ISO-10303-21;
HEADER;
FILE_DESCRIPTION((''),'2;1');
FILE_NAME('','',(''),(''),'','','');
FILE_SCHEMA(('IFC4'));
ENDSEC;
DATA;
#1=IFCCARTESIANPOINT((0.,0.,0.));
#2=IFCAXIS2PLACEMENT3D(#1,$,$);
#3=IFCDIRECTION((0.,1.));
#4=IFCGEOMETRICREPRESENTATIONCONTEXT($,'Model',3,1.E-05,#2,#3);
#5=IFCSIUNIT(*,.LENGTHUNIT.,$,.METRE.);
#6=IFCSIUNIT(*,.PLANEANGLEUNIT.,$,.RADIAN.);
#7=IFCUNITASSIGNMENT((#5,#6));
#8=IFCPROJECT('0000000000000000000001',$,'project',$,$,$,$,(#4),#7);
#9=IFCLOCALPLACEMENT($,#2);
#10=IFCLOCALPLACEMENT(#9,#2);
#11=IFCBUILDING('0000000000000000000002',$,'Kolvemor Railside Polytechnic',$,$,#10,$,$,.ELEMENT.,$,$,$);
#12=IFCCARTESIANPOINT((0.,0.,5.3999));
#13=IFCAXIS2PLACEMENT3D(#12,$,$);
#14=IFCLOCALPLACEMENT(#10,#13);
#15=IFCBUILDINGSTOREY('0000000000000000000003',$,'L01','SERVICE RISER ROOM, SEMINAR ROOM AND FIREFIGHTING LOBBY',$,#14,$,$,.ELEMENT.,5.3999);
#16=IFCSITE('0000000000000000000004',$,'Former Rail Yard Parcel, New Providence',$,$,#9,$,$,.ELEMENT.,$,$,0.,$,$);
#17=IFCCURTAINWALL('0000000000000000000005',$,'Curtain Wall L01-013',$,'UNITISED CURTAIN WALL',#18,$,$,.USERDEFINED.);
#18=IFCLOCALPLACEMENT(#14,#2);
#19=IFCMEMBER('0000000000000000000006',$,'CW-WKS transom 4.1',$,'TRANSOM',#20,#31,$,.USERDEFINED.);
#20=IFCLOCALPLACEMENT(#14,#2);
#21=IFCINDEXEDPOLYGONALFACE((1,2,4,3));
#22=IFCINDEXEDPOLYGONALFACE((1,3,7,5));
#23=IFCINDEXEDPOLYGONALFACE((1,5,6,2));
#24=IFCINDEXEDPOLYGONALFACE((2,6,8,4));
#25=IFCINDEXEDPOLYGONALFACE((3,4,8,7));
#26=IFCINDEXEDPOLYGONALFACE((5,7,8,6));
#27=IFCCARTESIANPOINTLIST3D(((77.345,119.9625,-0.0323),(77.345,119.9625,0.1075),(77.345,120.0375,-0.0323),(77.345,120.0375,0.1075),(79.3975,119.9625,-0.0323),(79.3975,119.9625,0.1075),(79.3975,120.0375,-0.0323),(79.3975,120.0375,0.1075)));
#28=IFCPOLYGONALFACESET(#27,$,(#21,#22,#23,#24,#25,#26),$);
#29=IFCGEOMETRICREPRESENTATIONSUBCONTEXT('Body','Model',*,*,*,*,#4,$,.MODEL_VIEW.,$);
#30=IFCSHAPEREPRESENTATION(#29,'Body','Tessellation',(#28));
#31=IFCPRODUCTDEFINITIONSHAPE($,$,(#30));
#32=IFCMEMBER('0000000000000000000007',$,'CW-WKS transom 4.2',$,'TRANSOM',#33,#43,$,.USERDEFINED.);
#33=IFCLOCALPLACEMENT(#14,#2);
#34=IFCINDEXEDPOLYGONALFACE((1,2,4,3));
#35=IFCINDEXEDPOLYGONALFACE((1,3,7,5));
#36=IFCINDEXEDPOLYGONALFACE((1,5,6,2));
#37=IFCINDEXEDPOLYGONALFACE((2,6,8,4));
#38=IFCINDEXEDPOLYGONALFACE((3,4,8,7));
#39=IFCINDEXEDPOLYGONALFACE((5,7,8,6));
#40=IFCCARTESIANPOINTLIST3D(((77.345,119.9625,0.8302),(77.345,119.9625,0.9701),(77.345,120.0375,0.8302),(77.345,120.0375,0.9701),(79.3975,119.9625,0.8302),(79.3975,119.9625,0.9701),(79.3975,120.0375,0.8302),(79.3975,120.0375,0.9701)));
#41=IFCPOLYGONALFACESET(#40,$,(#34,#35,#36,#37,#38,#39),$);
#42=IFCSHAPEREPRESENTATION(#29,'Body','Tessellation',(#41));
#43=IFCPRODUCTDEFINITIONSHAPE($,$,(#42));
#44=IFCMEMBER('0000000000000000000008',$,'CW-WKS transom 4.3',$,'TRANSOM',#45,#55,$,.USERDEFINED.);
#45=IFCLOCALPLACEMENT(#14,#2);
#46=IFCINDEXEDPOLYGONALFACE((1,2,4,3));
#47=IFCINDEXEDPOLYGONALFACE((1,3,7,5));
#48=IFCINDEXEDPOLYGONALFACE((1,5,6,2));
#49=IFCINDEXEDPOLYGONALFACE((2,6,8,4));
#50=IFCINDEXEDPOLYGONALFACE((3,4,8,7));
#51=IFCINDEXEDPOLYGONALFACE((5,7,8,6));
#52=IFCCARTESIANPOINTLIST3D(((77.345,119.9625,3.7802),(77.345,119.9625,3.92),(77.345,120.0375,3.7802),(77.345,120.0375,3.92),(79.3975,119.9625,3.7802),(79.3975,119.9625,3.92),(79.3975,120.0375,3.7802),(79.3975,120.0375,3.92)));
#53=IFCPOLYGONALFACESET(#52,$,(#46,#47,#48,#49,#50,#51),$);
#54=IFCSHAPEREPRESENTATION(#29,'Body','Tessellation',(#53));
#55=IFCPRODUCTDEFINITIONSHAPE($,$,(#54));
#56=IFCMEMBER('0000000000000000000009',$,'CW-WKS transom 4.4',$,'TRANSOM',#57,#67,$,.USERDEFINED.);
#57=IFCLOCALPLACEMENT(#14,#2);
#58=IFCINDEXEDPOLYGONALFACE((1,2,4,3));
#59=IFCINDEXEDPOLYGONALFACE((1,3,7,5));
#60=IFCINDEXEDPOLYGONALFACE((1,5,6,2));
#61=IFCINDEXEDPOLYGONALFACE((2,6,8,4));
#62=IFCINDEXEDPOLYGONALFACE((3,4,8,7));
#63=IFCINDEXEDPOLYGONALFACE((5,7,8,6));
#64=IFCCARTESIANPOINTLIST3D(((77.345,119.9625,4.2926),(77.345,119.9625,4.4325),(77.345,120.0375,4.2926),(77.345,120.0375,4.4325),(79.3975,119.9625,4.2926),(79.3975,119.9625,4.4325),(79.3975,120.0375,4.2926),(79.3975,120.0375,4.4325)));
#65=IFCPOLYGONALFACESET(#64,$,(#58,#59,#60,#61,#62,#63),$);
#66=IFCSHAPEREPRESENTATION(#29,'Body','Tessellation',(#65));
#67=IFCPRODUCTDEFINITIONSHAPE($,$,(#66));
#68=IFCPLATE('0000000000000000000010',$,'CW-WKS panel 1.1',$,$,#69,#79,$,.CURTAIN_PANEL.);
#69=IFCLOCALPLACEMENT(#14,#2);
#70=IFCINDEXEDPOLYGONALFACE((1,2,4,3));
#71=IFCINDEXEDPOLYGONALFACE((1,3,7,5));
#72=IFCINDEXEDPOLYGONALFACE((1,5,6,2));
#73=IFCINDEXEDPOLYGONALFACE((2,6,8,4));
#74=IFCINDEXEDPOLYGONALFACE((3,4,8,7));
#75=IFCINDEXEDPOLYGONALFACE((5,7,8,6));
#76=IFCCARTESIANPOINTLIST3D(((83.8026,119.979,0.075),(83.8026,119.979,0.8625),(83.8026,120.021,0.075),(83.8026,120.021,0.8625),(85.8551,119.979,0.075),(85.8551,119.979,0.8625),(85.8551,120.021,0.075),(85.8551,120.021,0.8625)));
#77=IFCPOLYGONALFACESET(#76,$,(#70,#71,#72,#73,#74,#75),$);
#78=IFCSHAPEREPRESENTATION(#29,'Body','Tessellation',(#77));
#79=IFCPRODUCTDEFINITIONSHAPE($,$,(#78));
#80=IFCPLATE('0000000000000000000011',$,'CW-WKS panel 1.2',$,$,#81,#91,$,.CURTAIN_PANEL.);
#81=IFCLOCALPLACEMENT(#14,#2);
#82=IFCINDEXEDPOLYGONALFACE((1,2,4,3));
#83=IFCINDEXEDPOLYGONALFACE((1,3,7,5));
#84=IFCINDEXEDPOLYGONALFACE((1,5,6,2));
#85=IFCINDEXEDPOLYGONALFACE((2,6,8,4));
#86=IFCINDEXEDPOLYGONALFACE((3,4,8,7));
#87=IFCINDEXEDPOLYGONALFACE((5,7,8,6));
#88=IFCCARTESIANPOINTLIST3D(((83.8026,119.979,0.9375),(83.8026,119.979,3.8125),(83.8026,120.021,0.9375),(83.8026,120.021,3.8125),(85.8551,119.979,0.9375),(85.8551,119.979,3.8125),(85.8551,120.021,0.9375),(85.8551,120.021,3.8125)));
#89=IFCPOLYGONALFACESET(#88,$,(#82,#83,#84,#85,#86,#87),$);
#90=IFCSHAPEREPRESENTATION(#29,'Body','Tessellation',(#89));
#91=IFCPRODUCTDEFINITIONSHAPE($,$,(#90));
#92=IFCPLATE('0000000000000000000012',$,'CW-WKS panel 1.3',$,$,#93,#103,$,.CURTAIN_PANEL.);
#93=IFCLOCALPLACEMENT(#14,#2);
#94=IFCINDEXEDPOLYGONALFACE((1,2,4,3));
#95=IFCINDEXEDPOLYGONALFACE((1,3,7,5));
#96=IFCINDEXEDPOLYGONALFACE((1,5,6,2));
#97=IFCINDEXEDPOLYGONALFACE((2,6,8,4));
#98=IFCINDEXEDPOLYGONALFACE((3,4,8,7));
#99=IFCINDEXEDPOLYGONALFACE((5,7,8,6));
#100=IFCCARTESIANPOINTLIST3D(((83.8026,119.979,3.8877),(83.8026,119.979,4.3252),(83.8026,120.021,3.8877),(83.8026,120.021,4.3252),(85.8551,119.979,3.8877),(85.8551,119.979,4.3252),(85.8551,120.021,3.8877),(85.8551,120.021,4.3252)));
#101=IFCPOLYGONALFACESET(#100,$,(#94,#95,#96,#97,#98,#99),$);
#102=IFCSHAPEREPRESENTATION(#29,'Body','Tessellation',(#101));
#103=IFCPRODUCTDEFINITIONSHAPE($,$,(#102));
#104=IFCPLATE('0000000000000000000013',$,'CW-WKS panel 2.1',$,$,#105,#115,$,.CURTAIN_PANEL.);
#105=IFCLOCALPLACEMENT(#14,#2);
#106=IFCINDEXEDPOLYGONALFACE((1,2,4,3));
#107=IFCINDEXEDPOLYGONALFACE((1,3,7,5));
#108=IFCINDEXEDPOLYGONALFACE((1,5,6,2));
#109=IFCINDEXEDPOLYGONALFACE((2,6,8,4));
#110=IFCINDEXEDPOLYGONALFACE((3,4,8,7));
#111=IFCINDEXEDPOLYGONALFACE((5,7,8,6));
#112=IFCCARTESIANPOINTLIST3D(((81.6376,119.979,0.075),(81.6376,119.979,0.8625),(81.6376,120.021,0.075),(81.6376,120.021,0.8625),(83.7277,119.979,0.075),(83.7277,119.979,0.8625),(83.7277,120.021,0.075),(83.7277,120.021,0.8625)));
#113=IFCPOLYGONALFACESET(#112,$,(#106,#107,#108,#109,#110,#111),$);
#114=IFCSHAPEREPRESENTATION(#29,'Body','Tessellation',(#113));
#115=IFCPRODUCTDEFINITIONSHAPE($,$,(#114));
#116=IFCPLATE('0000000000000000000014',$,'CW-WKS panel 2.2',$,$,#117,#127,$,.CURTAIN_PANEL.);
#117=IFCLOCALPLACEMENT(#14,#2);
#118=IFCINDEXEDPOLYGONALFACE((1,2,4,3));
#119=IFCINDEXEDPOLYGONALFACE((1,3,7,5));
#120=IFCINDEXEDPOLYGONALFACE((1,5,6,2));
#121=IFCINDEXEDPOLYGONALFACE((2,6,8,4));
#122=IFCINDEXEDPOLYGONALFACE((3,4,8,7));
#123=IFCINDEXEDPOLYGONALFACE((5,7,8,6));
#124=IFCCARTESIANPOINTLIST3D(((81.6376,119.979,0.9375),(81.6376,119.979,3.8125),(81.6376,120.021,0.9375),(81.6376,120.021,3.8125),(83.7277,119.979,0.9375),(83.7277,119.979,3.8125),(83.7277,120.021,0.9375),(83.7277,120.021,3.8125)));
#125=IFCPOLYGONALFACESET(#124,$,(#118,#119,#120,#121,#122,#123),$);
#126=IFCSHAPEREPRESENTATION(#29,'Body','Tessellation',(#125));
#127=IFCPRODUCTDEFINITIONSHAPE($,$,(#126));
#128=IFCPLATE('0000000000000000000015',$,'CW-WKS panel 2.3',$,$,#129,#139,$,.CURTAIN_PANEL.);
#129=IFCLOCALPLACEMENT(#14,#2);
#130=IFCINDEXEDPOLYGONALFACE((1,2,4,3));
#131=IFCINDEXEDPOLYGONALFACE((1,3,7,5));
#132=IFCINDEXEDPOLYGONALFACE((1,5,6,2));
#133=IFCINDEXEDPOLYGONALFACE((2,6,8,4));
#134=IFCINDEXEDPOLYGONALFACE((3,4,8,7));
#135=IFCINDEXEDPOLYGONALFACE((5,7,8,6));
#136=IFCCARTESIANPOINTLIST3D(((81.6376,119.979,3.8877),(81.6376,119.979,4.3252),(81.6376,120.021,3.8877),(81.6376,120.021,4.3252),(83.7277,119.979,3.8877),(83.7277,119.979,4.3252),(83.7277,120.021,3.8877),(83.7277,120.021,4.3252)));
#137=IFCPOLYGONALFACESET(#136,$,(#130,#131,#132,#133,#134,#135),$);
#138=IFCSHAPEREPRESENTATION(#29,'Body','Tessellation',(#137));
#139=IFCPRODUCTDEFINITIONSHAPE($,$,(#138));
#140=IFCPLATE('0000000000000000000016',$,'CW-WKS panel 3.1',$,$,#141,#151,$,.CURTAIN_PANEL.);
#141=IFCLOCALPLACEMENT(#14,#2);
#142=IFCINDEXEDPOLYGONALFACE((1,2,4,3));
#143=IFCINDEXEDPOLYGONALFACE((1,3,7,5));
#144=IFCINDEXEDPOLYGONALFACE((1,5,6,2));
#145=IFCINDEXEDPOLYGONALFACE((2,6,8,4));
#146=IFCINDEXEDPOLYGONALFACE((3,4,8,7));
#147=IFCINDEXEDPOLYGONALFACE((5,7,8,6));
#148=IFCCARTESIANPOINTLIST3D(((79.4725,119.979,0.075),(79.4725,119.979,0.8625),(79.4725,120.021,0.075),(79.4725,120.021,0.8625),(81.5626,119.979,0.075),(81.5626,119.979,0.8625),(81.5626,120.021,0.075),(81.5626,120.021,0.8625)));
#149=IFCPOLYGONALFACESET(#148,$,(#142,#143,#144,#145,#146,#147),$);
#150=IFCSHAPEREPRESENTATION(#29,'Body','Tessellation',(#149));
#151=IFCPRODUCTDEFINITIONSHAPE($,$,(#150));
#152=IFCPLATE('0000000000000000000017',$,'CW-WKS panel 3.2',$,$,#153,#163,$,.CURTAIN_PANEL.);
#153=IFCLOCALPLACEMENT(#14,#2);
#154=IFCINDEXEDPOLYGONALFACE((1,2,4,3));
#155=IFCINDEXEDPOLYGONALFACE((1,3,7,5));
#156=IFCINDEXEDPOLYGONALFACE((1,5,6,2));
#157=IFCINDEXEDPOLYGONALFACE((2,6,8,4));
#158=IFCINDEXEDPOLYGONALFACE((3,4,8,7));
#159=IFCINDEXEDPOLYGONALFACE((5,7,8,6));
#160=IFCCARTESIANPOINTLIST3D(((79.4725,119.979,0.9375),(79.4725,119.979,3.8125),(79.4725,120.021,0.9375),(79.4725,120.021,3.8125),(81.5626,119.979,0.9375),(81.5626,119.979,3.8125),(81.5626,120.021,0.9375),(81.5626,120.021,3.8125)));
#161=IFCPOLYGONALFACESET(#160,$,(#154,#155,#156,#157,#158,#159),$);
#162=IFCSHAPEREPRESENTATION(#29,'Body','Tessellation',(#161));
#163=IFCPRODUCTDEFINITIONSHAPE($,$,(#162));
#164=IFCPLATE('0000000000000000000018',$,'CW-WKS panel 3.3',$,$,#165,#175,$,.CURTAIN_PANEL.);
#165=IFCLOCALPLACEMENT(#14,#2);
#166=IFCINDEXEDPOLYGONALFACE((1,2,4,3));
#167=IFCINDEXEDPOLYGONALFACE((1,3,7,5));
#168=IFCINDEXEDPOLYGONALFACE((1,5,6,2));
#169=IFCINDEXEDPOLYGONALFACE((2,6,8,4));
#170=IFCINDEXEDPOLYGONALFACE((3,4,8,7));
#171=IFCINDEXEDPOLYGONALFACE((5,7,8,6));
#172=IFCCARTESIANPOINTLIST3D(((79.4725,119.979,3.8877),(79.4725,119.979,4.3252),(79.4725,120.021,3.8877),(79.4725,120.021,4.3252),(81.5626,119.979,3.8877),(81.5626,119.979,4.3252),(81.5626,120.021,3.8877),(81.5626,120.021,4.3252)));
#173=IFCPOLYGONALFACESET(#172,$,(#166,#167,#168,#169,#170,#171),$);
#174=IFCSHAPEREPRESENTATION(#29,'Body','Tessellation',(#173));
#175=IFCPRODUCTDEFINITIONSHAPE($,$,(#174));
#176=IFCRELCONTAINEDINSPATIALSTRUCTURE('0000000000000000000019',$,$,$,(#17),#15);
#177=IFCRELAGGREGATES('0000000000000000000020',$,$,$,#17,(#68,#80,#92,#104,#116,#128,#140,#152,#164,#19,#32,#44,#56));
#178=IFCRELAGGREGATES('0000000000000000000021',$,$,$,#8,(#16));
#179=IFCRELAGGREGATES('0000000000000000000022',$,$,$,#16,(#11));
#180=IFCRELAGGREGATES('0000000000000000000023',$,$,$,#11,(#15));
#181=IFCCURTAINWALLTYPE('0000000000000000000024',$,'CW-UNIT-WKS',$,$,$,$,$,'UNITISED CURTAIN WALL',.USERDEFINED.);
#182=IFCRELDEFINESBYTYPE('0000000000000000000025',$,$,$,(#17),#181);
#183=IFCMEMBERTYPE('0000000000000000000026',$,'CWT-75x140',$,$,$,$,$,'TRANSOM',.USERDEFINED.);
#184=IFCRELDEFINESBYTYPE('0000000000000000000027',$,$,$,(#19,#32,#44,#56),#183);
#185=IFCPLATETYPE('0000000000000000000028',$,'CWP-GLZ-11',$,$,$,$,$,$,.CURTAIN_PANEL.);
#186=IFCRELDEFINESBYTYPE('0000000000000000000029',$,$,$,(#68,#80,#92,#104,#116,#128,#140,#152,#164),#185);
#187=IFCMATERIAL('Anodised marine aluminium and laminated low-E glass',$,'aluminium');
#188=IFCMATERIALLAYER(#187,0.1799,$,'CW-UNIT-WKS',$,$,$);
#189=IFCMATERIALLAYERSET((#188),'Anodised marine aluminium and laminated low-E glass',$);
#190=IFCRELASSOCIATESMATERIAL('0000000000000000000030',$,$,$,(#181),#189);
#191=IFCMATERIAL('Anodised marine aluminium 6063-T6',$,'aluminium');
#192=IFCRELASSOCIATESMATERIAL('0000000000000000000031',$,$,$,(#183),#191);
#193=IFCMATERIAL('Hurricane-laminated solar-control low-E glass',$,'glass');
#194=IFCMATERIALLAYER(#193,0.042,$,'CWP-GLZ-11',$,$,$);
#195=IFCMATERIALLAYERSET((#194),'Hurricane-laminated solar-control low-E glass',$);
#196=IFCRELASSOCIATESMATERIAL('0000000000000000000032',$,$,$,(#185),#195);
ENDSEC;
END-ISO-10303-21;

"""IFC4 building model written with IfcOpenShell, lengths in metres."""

from ifc_helpers import new_model, si_unit, direction, frame, origin, origin_2d, place, context, subcontext, project, spatial, rectangle, extrude, material, layer, layer_set, material_profile, profile_set, type_object, element, aggregate, save


model = new_model("IFC4")

# Units and contexts
model_context = context("Model", 3, precision=1e-05, world=origin(), true_north=direction((0.0, 1.0)))
body_context = subcontext(model_context, "Body", "Model", "MODEL_VIEW")
ifc_project = project(units=[si_unit("LENGTHUNIT", "METRE"), si_unit("PLANEANGLEUNIT", "RADIAN")], contexts=[model_context])

# Site, building, storey
site_placement = place(None, origin())
site = spatial("IfcSite", under=ifc_project, at=site_placement, Name="Former Rail Yard Parcel, New Providence", CompositionType="ELEMENT", RefElevation=0.0)
building_placement = place(site_placement, origin())
building = spatial("IfcBuilding", under=site, at=building_placement, Name="Kolvemor Railside Polytechnic", CompositionType="ELEMENT")
storey_placement = place(building_placement, frame((0.0, 0.0, 5.3999)))
storey = spatial("IfcBuildingStorey", under=building, at=storey_placement, Name="L01", Description="SERVICE RISER ROOM, SEMINAR ROOM AND FIREFIGHTING LOBBY", CompositionType="ELEMENT", Elevation=5.3999)

# Curtain wall, members, plates
ifc_material_1 = material(Name="Anodised marine aluminium and laminated low-E glass", Category="aluminium")
ifc_layer_1 = layer(ifc_material_1, 0.1799, Name="CW-UNIT-WKS")
ifc_layer_set_1 = layer_set([ifc_layer_1], Name="Anodised marine aluminium and laminated low-E glass")
curtain_wall_type = type_object("IfcCurtainWallType", Name="CW-UNIT-WKS", ElementType="UNITISED CURTAIN WALL", PredefinedType="USERDEFINED", material=ifc_layer_set_1)
curtain_wall_placement = place(storey_placement, origin())
curtain_wall = element("IfcCurtainWall", 1, at=curtain_wall_placement, inside=storey, type_object=curtain_wall_type, Name="Curtain Wall L01-013", ObjectType="UNITISED CURTAIN WALL", PredefinedType="USERDEFINED")
ifc_material_2 = material(Name="Anodised marine aluminium 6063-T6", Category="aluminium")
ifc_material_profile_1 = material_profile(ifc_material_2, rectangle(XDim=0.075, YDim=0.1399, at=origin_2d()), Name="CW-TRN-75x140")
ifc_profile_set_1 = profile_set([ifc_material_profile_1], Name="Anodised marine aluminium 6063-T6")
member_type_1 = type_object("IfcMemberType", Name="CWT-75x140", ElementType="TRANSOM", PredefinedType="USERDEFINED", material=ifc_profile_set_1)
member_1_placement = place(storey_placement, frame((79.3975, 120.0, 0.0376), z_axis=(-1.0, 0.0, 0.0), x_axis=(0.0, -1.0, 0.0)))
member_1 = element("IfcMember", 2, at=member_1_placement, type_object=member_type_1, Name="CW-WKS transom 4.1", ObjectType="TRANSOM", PredefinedType="USERDEFINED", context=body_context, shape_type="SweptSolid", body=[
    extrude(rectangle(XDim=0.075, YDim=0.1399, at=origin_2d()), origin(), (0.0, 0.0, 1.0), 2.0525),
])
member_2_placement = place(storey_placement, frame((79.3975, 120.0, 0.9001), z_axis=(-1.0, 0.0, 0.0), x_axis=(0.0, -1.0, 0.0)))
member_2 = element("IfcMember", 3, at=member_2_placement, type_object=member_type_1, Name="CW-WKS transom 4.2", ObjectType="TRANSOM", PredefinedType="USERDEFINED", context=body_context, shape_type="SweptSolid", body=[
    extrude(rectangle(XDim=0.075, YDim=0.1399, at=origin_2d()), origin(), (0.0, 0.0, 1.0), 2.0525),
])
member_3_placement = place(storey_placement, frame((79.3975, 120.0, 3.8501), z_axis=(-1.0, 0.0, 0.0), x_axis=(0.0, -1.0, 0.0)))
member_3 = element("IfcMember", 4, at=member_3_placement, type_object=member_type_1, Name="CW-WKS transom 4.3", ObjectType="TRANSOM", PredefinedType="USERDEFINED", context=body_context, shape_type="SweptSolid", body=[
    extrude(rectangle(XDim=0.075, YDim=0.1399, at=origin_2d()), origin(), (0.0, 0.0, 1.0), 2.0525),
])
member_4_placement = place(storey_placement, frame((79.3975, 120.0, 4.3625), z_axis=(-1.0, 0.0, 0.0), x_axis=(0.0, -1.0, 0.0)))
member_4 = element("IfcMember", 5, at=member_4_placement, type_object=member_type_1, Name="CW-WKS transom 4.4", ObjectType="TRANSOM", PredefinedType="USERDEFINED", context=body_context, shape_type="SweptSolid", body=[
    extrude(rectangle(XDim=0.075, YDim=0.1399, at=origin_2d()), origin(), (0.0, 0.0, 1.0), 2.0525),
])
ifc_material_3 = material(Name="Hurricane-laminated solar-control low-E glass", Category="glass")
ifc_layer_2 = layer(ifc_material_3, 0.042, Name="CWP-GLZ-11")
ifc_layer_set_2 = layer_set([ifc_layer_2], Name="Hurricane-laminated solar-control low-E glass")
plate_type = type_object("IfcPlateType", Name="CWP-GLZ-11", PredefinedType="CURTAIN_PANEL", material=ifc_layer_set_2)
plate_1_placement = place(storey_placement, frame((84.8289, 120.0, 0.075), z_axis=(0.0, 0.0, 1.0), x_axis=(-1.0, 0.0, 0.0)))
plate_1 = element("IfcPlate", 6, at=plate_1_placement, type_object=plate_type, Name="CW-WKS panel 1.1", PredefinedType="CURTAIN_PANEL", context=body_context, shape_type="SweptSolid", body=[
    extrude(rectangle(XDim=2.0525, YDim=0.042, at=origin_2d()), origin(), (0.0, 0.0, 1.0), 0.7876),
])
plate_2_placement = place(storey_placement, frame((84.8289, 120.0, 0.9375), z_axis=(0.0, 0.0, 1.0), x_axis=(-1.0, 0.0, 0.0)))
plate_2 = element("IfcPlate", 7, at=plate_2_placement, type_object=plate_type, Name="CW-WKS panel 1.2", PredefinedType="CURTAIN_PANEL", context=body_context, shape_type="SweptSolid", body=[
    extrude(rectangle(XDim=2.0525, YDim=0.042, at=origin_2d()), origin(), (0.0, 0.0, 1.0), 2.875),
])
plate_3_placement = place(storey_placement, frame((84.8289, 120.0, 3.8877), z_axis=(0.0, 0.0, 1.0), x_axis=(-1.0, 0.0, 0.0)))
plate_3 = element("IfcPlate", 8, at=plate_3_placement, type_object=plate_type, Name="CW-WKS panel 1.3", PredefinedType="CURTAIN_PANEL", context=body_context, shape_type="SweptSolid", body=[
    extrude(rectangle(XDim=2.0525, YDim=0.042, at=origin_2d()), origin(), (0.0, 0.0, 1.0), 0.4375),
])
plate_4_placement = place(storey_placement, frame((82.6826, 120.0, 0.075), z_axis=(0.0, 0.0, 1.0), x_axis=(-1.0, 0.0, 0.0)))
plate_4 = element("IfcPlate", 9, at=plate_4_placement, type_object=plate_type, Name="CW-WKS panel 2.1", PredefinedType="CURTAIN_PANEL", context=body_context, shape_type="SweptSolid", body=[
    extrude(rectangle(XDim=2.0901, YDim=0.042, at=origin_2d()), origin(), (0.0, 0.0, 1.0), 0.7876),
])
plate_5_placement = place(storey_placement, frame((82.6826, 120.0, 0.9375), z_axis=(0.0, 0.0, 1.0), x_axis=(-1.0, 0.0, 0.0)))
plate_5 = element("IfcPlate", 10, at=plate_5_placement, type_object=plate_type, Name="CW-WKS panel 2.2", PredefinedType="CURTAIN_PANEL", context=body_context, shape_type="SweptSolid", body=[
    extrude(rectangle(XDim=2.0901, YDim=0.042, at=origin_2d()), origin(), (0.0, 0.0, 1.0), 2.875),
])
plate_6_placement = place(storey_placement, frame((82.6826, 120.0, 3.8877), z_axis=(0.0, 0.0, 1.0), x_axis=(-1.0, 0.0, 0.0)))
plate_6 = element("IfcPlate", 11, at=plate_6_placement, type_object=plate_type, Name="CW-WKS panel 2.3", PredefinedType="CURTAIN_PANEL", context=body_context, shape_type="SweptSolid", body=[
    extrude(rectangle(XDim=2.0901, YDim=0.042, at=origin_2d()), origin(), (0.0, 0.0, 1.0), 0.4375),
])
plate_7_placement = place(storey_placement, frame((80.5176, 120.0, 0.075), z_axis=(0.0, 0.0, 1.0), x_axis=(-1.0, 0.0, 0.0)))
plate_7 = element("IfcPlate", 12, at=plate_7_placement, type_object=plate_type, Name="CW-WKS panel 3.1", PredefinedType="CURTAIN_PANEL", context=body_context, shape_type="SweptSolid", body=[
    extrude(rectangle(XDim=2.0901, YDim=0.042, at=origin_2d()), origin(), (0.0, 0.0, 1.0), 0.7876),
])
plate_8_placement = place(storey_placement, frame((80.5176, 120.0, 0.9375), z_axis=(0.0, 0.0, 1.0), x_axis=(-1.0, 0.0, 0.0)))
plate_8 = element("IfcPlate", 13, at=plate_8_placement, type_object=plate_type, Name="CW-WKS panel 3.2", PredefinedType="CURTAIN_PANEL", context=body_context, shape_type="SweptSolid", body=[
    extrude(rectangle(XDim=2.0901, YDim=0.042, at=origin_2d()), origin(), (0.0, 0.0, 1.0), 2.875),
])
plate_9_placement = place(storey_placement, frame((80.5176, 120.0, 3.8877), z_axis=(0.0, 0.0, 1.0), x_axis=(-1.0, 0.0, 0.0)))
plate_9 = element("IfcPlate", 14, at=plate_9_placement, type_object=plate_type, Name="CW-WKS panel 3.3", PredefinedType="CURTAIN_PANEL", context=body_context, shape_type="SweptSolid", body=[
    extrude(rectangle(XDim=2.0901, YDim=0.042, at=origin_2d()), origin(), (0.0, 0.0, 1.0), 0.4375),
])
aggregate(curtain_wall, [plate_1, plate_2, plate_3, plate_4, plate_5, plate_6, plate_7, plate_8, plate_9, member_1, member_2, member_3, member_4])

save(model, "model.ifc")
